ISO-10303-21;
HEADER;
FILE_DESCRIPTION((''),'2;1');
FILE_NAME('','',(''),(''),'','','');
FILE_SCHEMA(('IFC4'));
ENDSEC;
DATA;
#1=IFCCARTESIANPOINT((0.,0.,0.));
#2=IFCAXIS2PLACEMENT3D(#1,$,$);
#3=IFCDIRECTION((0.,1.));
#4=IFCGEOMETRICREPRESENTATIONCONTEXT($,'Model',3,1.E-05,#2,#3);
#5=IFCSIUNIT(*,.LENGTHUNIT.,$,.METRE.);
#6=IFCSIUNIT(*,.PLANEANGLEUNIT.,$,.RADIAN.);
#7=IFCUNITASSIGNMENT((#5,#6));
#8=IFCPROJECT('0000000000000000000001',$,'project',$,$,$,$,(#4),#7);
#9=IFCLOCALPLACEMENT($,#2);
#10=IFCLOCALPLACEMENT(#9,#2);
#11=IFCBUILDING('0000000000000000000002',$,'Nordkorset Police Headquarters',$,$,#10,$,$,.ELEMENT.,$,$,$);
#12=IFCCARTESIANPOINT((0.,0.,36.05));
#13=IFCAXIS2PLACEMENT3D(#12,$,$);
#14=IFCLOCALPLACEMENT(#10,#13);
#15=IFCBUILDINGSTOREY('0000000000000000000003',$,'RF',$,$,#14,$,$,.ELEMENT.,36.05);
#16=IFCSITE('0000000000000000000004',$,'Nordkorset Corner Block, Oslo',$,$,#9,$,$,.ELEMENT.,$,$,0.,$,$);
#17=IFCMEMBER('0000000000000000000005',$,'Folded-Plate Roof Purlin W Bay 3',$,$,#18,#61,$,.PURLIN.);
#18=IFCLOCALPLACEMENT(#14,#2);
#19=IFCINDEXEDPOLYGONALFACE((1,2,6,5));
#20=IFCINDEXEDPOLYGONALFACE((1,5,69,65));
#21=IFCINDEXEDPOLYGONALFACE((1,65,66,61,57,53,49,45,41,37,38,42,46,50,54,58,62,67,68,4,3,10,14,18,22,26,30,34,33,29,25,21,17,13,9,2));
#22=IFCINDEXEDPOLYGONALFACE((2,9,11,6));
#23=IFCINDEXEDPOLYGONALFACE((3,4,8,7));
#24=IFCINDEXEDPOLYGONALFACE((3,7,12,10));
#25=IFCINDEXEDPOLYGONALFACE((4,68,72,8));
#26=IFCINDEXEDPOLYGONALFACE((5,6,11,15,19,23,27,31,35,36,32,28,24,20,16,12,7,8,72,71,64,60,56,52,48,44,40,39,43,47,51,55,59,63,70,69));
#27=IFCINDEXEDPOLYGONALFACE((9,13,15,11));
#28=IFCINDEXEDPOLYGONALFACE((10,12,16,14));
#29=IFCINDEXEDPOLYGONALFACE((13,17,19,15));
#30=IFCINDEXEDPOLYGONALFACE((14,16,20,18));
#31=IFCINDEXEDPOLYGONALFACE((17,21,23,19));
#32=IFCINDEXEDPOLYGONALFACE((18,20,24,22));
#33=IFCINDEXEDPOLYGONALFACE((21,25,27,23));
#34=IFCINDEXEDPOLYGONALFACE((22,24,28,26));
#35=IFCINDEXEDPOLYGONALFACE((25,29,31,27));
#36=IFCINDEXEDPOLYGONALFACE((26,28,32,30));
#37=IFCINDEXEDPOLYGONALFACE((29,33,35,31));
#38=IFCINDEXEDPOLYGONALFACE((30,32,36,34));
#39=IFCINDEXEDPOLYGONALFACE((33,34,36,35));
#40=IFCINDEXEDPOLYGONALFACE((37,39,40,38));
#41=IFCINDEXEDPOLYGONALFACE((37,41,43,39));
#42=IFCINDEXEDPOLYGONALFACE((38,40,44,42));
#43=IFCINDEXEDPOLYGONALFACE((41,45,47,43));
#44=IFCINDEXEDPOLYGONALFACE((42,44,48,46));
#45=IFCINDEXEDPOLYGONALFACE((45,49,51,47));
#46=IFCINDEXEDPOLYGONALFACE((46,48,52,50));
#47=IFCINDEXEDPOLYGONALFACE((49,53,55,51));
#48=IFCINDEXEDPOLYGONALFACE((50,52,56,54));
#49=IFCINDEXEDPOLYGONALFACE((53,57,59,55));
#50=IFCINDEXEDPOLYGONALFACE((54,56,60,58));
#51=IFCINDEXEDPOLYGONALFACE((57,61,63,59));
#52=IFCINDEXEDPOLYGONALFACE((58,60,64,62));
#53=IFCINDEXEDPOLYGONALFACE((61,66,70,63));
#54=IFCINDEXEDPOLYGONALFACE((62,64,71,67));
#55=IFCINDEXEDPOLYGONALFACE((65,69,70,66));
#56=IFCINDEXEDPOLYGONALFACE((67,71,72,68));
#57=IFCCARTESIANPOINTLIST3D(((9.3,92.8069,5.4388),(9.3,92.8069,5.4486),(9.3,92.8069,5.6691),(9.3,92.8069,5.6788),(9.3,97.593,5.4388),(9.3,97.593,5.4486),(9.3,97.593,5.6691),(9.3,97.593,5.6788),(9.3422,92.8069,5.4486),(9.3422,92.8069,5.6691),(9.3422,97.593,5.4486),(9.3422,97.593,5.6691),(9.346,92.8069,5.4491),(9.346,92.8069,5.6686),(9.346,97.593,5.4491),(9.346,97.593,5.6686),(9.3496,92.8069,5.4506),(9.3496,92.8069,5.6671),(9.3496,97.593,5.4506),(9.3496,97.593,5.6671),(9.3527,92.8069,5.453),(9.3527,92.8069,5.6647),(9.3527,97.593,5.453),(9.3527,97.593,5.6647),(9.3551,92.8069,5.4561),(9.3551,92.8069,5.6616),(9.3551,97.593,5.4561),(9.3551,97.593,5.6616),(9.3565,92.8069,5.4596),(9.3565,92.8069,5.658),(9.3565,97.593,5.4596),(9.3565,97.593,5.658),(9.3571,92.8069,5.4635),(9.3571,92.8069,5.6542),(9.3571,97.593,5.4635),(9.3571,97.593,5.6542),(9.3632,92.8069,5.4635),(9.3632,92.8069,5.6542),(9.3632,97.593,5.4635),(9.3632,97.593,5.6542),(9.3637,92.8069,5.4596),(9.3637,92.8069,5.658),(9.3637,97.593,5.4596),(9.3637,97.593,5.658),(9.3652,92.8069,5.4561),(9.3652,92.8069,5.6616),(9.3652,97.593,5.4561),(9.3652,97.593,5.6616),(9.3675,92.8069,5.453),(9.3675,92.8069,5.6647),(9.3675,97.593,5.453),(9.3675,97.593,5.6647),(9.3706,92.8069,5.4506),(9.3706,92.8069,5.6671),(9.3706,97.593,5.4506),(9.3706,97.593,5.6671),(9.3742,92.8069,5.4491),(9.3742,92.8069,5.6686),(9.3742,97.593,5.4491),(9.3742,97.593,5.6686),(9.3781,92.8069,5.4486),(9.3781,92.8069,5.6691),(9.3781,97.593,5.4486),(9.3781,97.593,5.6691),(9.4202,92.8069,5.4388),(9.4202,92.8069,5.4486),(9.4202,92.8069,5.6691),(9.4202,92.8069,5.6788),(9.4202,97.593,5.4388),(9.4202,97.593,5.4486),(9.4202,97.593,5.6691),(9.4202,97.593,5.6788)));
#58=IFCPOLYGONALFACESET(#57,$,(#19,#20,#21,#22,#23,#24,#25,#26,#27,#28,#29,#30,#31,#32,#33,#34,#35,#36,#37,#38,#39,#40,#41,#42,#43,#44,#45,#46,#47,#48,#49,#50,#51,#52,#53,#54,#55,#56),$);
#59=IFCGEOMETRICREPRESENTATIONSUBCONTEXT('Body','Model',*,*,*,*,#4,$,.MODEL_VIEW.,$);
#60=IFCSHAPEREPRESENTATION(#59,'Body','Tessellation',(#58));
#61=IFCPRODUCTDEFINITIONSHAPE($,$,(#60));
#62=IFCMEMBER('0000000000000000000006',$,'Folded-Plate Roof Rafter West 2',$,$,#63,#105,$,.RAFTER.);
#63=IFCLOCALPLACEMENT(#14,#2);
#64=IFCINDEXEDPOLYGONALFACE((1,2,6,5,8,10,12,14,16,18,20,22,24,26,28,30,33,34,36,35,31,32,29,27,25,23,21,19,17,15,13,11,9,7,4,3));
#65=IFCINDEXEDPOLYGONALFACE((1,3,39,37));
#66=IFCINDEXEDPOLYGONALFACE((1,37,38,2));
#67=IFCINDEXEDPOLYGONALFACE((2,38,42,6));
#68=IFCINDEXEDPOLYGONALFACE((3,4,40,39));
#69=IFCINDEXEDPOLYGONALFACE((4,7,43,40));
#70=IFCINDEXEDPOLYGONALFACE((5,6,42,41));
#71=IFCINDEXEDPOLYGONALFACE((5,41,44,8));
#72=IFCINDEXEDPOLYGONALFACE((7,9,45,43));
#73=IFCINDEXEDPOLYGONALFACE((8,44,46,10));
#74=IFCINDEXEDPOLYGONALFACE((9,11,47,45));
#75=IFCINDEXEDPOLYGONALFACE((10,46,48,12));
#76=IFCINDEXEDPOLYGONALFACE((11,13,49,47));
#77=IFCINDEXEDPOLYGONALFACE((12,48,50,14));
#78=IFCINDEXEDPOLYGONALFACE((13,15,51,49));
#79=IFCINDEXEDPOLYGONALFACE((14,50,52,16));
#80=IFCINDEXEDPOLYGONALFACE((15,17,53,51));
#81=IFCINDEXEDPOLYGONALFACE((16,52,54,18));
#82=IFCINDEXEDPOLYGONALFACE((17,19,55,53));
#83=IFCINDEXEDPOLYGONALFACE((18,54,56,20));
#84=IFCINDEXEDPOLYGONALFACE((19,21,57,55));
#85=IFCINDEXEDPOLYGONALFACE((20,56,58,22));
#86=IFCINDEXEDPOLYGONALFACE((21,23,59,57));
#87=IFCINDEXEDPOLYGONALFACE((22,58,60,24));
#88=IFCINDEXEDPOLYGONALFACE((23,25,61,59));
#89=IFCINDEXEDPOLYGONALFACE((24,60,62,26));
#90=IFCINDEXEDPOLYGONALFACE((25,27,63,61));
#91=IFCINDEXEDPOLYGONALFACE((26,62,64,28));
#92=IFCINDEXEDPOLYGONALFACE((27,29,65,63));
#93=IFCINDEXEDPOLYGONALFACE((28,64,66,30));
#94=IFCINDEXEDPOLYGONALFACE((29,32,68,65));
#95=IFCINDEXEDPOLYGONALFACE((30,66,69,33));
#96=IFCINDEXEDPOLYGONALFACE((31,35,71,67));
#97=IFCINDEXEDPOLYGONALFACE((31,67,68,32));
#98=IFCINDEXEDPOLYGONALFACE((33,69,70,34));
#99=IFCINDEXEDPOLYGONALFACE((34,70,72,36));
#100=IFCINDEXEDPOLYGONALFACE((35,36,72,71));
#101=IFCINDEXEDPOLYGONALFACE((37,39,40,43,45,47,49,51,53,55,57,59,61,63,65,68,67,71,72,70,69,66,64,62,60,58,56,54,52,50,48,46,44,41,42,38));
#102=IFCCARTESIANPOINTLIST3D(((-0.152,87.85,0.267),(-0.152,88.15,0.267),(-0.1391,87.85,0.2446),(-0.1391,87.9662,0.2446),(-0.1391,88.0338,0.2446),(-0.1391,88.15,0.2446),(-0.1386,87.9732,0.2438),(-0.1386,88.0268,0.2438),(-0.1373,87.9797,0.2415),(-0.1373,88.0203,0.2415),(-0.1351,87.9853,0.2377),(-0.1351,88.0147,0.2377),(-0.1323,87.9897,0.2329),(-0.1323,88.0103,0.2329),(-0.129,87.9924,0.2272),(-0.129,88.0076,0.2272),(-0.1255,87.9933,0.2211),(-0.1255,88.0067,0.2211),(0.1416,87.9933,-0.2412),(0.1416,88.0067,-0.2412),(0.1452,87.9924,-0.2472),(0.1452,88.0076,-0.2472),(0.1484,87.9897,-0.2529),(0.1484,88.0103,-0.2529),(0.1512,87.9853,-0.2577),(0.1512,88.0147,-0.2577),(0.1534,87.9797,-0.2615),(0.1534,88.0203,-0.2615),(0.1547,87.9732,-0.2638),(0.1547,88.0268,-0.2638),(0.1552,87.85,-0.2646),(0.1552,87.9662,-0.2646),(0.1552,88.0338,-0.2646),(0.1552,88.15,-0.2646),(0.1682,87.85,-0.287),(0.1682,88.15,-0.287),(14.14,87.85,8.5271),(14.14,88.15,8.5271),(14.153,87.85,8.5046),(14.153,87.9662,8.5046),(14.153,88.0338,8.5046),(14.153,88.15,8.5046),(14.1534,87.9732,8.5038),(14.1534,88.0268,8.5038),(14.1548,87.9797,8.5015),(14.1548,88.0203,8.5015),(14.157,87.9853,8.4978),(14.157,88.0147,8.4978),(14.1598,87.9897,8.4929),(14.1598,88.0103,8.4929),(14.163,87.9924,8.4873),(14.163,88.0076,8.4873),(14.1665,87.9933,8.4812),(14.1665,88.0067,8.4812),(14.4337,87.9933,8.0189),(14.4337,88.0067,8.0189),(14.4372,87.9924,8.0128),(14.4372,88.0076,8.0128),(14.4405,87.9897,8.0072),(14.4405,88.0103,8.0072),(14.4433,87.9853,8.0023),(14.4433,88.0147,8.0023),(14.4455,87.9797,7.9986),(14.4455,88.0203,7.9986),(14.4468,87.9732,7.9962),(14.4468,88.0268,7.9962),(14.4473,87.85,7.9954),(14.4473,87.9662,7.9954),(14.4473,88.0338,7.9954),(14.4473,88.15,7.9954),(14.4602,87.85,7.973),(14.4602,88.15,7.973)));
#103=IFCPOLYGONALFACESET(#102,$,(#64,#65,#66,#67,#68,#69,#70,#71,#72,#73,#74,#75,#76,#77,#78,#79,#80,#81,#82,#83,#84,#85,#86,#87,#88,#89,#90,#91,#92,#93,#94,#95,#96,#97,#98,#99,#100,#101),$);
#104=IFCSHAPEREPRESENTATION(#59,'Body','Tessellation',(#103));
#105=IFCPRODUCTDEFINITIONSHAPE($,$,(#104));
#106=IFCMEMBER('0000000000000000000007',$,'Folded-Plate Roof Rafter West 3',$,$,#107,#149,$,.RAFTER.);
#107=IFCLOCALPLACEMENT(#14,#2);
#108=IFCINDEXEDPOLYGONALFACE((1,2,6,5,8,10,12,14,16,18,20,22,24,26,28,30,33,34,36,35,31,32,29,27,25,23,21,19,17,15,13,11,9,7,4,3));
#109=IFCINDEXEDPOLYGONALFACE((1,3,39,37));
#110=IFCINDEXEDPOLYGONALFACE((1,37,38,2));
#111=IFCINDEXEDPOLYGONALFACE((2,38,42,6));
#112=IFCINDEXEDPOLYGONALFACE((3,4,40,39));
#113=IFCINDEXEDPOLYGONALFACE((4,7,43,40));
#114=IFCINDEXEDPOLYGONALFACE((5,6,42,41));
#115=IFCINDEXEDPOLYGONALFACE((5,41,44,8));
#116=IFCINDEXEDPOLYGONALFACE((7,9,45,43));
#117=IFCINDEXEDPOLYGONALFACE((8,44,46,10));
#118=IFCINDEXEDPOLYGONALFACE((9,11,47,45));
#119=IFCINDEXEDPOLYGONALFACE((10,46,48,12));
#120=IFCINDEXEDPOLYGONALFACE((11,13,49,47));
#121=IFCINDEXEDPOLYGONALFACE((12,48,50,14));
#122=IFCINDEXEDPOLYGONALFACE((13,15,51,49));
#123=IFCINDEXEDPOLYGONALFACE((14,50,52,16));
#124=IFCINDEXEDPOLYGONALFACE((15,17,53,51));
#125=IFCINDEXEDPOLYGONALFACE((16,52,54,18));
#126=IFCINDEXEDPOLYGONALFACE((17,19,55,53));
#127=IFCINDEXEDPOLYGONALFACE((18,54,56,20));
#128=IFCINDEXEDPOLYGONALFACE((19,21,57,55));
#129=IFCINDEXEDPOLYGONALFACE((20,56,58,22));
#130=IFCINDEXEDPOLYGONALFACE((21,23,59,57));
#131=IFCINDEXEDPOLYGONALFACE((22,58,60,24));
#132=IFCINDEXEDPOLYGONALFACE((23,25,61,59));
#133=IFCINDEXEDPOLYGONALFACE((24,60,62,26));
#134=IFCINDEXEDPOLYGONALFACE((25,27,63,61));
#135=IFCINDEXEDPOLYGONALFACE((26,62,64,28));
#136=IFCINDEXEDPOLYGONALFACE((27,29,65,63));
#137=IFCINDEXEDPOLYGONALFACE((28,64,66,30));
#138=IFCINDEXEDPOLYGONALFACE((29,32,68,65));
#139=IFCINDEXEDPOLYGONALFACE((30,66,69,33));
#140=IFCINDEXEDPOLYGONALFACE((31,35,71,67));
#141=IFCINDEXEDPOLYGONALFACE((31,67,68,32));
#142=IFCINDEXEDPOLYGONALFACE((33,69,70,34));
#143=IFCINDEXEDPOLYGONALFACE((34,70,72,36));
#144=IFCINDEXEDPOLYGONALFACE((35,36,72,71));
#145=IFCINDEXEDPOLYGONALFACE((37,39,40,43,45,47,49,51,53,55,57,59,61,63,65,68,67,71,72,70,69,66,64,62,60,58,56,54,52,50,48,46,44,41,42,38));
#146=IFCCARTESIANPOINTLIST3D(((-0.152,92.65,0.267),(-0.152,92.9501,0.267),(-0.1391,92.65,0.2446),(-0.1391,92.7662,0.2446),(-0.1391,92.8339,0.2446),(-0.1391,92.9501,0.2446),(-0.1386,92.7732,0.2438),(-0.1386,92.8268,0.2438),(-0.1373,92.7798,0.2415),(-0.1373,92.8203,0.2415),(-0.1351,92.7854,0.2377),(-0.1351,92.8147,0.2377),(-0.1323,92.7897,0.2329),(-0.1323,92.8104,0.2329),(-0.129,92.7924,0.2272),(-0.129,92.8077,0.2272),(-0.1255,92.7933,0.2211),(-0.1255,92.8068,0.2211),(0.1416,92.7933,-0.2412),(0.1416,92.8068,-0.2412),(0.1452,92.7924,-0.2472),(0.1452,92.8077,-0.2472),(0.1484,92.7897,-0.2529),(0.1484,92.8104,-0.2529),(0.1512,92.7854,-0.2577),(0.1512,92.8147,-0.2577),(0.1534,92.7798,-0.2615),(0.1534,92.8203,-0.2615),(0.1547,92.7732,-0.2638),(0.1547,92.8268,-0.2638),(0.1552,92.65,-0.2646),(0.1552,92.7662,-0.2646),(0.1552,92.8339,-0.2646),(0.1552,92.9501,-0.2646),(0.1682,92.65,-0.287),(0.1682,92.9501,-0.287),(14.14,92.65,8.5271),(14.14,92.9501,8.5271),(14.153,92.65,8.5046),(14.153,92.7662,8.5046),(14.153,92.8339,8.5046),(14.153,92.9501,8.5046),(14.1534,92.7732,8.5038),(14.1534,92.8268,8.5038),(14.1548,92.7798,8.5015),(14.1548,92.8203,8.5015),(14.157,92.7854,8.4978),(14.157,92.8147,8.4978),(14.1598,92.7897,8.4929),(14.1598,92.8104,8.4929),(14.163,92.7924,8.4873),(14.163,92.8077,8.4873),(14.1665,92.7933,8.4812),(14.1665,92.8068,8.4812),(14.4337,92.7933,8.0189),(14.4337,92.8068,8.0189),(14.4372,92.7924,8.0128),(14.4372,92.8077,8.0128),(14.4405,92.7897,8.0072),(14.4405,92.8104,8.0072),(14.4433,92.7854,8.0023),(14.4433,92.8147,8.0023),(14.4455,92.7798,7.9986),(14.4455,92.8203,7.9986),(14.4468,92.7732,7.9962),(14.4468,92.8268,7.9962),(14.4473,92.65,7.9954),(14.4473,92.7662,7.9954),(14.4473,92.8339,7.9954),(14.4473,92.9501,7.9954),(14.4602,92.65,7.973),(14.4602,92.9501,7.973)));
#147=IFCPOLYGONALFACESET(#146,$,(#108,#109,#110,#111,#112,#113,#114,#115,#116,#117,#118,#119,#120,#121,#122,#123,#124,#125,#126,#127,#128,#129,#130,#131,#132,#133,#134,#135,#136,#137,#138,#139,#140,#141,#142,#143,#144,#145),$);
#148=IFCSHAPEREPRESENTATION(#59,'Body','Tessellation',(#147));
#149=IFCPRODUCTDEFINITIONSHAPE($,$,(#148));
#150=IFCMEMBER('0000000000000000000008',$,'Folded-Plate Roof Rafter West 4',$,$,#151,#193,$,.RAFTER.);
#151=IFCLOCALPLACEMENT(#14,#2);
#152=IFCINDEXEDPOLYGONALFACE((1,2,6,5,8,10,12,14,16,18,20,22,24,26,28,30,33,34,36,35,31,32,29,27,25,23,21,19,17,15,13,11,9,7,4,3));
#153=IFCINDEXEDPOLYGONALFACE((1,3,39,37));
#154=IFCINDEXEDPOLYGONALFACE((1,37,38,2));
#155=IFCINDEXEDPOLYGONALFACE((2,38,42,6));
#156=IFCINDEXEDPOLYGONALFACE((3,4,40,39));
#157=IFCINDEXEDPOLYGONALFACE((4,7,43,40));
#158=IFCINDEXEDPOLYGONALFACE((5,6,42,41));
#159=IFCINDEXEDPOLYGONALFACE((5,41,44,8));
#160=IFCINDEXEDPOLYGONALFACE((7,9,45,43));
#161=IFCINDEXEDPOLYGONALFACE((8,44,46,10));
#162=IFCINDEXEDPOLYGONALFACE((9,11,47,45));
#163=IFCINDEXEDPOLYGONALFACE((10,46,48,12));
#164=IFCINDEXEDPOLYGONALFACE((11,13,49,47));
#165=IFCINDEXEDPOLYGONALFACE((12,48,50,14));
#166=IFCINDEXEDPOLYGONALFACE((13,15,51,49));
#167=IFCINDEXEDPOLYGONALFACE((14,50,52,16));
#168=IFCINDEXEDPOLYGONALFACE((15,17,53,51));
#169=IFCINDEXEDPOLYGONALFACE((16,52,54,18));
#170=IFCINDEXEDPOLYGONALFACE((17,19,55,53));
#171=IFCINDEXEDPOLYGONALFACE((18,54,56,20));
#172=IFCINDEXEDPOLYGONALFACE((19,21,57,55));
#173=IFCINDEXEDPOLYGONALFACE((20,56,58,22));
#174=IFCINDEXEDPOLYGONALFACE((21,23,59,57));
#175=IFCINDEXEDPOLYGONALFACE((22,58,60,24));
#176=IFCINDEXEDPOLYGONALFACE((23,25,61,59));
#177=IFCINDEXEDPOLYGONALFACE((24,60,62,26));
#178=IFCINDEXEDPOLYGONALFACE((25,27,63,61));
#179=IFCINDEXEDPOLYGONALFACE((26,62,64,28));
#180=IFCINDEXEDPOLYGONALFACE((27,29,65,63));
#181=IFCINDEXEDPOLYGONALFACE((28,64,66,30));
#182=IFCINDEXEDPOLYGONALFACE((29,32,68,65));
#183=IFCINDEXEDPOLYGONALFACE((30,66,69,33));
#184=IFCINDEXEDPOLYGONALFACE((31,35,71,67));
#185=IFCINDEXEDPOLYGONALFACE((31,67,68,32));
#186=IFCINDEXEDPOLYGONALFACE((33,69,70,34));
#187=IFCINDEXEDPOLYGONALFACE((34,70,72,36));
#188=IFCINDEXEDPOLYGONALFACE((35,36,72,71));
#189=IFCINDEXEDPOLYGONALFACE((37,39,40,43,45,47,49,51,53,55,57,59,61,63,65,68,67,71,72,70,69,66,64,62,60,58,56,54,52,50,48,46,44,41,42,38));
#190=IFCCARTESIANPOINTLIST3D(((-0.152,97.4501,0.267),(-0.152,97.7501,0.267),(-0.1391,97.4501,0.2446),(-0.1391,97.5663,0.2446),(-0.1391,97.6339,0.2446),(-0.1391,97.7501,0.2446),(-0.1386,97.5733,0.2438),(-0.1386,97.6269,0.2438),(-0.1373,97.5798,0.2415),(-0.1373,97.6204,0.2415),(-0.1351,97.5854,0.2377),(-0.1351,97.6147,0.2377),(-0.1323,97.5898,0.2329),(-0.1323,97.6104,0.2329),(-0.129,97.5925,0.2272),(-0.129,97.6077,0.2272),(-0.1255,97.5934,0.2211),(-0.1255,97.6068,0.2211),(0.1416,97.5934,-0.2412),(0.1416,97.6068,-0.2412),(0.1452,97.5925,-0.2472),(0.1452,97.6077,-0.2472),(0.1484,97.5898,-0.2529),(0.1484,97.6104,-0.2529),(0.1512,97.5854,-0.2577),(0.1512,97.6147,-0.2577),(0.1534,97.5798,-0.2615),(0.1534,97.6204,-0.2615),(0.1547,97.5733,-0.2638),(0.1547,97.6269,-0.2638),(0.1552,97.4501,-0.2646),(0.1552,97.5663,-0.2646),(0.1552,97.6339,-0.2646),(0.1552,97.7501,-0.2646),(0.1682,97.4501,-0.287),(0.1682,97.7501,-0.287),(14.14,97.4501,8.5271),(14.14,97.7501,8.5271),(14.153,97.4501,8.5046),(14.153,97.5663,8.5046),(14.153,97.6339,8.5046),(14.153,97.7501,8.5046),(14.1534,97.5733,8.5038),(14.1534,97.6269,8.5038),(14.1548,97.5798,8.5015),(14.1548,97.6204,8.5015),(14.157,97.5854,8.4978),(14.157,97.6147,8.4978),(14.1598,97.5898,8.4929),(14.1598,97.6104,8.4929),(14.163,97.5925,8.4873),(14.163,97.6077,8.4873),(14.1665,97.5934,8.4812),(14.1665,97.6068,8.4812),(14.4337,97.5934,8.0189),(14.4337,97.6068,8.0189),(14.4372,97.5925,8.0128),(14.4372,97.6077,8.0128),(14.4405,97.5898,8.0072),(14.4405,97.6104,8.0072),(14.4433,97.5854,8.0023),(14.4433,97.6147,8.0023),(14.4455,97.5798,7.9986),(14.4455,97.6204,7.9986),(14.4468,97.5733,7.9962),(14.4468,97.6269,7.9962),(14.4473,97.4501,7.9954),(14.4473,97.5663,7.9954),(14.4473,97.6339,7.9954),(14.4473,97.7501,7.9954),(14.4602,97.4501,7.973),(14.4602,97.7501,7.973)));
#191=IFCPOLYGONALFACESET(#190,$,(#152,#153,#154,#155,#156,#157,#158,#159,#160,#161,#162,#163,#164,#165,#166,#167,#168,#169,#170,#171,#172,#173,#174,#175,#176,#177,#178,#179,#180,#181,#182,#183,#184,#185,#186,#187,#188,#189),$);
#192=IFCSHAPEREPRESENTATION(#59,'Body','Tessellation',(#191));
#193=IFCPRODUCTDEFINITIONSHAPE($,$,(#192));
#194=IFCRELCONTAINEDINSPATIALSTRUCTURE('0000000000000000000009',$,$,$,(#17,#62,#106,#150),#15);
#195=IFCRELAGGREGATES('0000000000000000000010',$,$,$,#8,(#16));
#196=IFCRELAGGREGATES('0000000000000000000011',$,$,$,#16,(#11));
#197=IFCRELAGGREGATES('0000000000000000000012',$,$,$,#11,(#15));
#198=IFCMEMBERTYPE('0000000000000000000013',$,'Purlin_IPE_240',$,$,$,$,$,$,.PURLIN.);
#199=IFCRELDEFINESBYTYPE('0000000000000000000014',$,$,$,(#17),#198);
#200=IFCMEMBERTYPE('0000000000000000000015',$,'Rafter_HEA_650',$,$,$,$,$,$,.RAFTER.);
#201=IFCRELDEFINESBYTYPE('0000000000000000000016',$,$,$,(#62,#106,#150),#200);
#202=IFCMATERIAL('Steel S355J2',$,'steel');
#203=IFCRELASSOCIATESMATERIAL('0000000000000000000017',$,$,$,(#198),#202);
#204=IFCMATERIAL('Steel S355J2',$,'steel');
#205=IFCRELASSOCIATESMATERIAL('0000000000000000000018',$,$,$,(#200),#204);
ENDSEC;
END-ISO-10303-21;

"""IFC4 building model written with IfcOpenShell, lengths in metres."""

from ifc_helpers import new_model, si_unit, direction, frame, origin, origin_2d, place, context, subcontext, project, spatial, i_section, extrude, material, material_profile, profile_set, type_object, element, save


model = new_model("IFC4")

# Units and contexts
model_context = context("Model", 3, precision=1e-05, world=origin(), true_north=direction((0.0, 1.0)))
body_context = subcontext(model_context, "Body", "Model", "MODEL_VIEW")
ifc_project = project(units=[si_unit("LENGTHUNIT", "METRE"), si_unit("PLANEANGLEUNIT", "RADIAN")], contexts=[model_context])

# Site, building, storey
site_placement = place(None, origin())
site = spatial("IfcSite", under=ifc_project, at=site_placement, Name="Nordkorset Corner Block, Oslo", CompositionType="ELEMENT", RefElevation=0.0)
building_placement = place(site_placement, origin())
building = spatial("IfcBuilding", under=site, at=building_placement, Name="Nordkorset Police Headquarters", CompositionType="ELEMENT")
storey_placement = place(building_placement, frame((0.0, 0.0, 36.05)))
storey = spatial("IfcBuildingStorey", under=building, at=storey_placement, Name="RF", CompositionType="ELEMENT", Elevation=36.05)

# Members
ifc_material_1 = material(Name="Steel S355J2", Category="steel")
ifc_material_profile_1 = material_profile(ifc_material_1, i_section(OverallWidth=0.1201, OverallDepth=0.24, WebThickness=0.0061, FlangeThickness=0.0098, FilletRadius=0.0149, at=origin_2d()), Name="IPE 240")
ifc_profile_set_1 = profile_set([ifc_material_profile_1], Name="Steel S355J2")
member_type_1 = type_object("IfcMemberType", Name="Purlin_IPE_240", PredefinedType="PURLIN", material=ifc_profile_set_1)
for number, where, z_axis, x_axis, name in (
    (1, (9.3601, 92.8069, 5.5588), (0.0, 1.0, 0.0), (-1.0, 0.0, 0.0), "Folded-Plate Roof Purlin W Bay 3"),
):
    element("IfcMember", number, at=place(storey_placement, frame(where, z_axis=z_axis, x_axis=x_axis)), inside=storey, type_object=member_type_1, Name=name, PredefinedType="PURLIN", context=body_context, shape_type="SweptSolid", body=[
        extrude(i_section(OverallWidth=0.1201, OverallDepth=0.24, WebThickness=0.0061, FlangeThickness=0.0098, FilletRadius=0.0149, at=origin_2d()), origin(), (0.0, 0.0, 1.0), 4.7861),
    ])
ifc_material_2 = material(Name="Steel S355J2", Category="steel")
ifc_material_profile_2 = material_profile(ifc_material_2, i_section(OverallWidth=0.3, OverallDepth=0.6399, WebThickness=0.0134, FlangeThickness=0.0259, FilletRadius=0.0271, at=origin_2d()), Name="HEA 650")
ifc_profile_set_2 = profile_set([ifc_material_profile_2], Name="Steel S355J2")
member_type_2 = type_object("IfcMemberType", Name="Rafter_HEA_650", PredefinedType="RAFTER", material=ifc_profile_set_2)
for number, where, z_axis, x_axis, name in (
    (2, (0.0081, 88.0, -0.01), (0.865802, 0.0, 0.500387), (0.0, 1.0, 0.0), "Folded-Plate Roof Rafter West 2"),
    (3, (0.0081, 92.8, -0.01), (0.865802, 0.0, 0.500387), (0.0, 1.0, 0.0), "Folded-Plate Roof Rafter West 3"),
    (4, (0.0081, 97.6001, -0.01), (0.865802, 0.0, 0.500387), (0.0, 1.0, 0.0), "Folded-Plate Roof Rafter West 4"),
):
    element("IfcMember", number, at=place(storey_placement, frame(where, z_axis=z_axis, x_axis=x_axis)), inside=storey, type_object=member_type_2, Name=name, PredefinedType="RAFTER", context=body_context, shape_type="SweptSolid", body=[
        extrude(i_section(OverallWidth=0.3, OverallDepth=0.6399, WebThickness=0.0134, FlangeThickness=0.0259, FilletRadius=0.0271, at=origin_2d()), origin(), (0.0, 0.0, 1.0), 16.5073),
    ])

save(model, "model.ifc")
